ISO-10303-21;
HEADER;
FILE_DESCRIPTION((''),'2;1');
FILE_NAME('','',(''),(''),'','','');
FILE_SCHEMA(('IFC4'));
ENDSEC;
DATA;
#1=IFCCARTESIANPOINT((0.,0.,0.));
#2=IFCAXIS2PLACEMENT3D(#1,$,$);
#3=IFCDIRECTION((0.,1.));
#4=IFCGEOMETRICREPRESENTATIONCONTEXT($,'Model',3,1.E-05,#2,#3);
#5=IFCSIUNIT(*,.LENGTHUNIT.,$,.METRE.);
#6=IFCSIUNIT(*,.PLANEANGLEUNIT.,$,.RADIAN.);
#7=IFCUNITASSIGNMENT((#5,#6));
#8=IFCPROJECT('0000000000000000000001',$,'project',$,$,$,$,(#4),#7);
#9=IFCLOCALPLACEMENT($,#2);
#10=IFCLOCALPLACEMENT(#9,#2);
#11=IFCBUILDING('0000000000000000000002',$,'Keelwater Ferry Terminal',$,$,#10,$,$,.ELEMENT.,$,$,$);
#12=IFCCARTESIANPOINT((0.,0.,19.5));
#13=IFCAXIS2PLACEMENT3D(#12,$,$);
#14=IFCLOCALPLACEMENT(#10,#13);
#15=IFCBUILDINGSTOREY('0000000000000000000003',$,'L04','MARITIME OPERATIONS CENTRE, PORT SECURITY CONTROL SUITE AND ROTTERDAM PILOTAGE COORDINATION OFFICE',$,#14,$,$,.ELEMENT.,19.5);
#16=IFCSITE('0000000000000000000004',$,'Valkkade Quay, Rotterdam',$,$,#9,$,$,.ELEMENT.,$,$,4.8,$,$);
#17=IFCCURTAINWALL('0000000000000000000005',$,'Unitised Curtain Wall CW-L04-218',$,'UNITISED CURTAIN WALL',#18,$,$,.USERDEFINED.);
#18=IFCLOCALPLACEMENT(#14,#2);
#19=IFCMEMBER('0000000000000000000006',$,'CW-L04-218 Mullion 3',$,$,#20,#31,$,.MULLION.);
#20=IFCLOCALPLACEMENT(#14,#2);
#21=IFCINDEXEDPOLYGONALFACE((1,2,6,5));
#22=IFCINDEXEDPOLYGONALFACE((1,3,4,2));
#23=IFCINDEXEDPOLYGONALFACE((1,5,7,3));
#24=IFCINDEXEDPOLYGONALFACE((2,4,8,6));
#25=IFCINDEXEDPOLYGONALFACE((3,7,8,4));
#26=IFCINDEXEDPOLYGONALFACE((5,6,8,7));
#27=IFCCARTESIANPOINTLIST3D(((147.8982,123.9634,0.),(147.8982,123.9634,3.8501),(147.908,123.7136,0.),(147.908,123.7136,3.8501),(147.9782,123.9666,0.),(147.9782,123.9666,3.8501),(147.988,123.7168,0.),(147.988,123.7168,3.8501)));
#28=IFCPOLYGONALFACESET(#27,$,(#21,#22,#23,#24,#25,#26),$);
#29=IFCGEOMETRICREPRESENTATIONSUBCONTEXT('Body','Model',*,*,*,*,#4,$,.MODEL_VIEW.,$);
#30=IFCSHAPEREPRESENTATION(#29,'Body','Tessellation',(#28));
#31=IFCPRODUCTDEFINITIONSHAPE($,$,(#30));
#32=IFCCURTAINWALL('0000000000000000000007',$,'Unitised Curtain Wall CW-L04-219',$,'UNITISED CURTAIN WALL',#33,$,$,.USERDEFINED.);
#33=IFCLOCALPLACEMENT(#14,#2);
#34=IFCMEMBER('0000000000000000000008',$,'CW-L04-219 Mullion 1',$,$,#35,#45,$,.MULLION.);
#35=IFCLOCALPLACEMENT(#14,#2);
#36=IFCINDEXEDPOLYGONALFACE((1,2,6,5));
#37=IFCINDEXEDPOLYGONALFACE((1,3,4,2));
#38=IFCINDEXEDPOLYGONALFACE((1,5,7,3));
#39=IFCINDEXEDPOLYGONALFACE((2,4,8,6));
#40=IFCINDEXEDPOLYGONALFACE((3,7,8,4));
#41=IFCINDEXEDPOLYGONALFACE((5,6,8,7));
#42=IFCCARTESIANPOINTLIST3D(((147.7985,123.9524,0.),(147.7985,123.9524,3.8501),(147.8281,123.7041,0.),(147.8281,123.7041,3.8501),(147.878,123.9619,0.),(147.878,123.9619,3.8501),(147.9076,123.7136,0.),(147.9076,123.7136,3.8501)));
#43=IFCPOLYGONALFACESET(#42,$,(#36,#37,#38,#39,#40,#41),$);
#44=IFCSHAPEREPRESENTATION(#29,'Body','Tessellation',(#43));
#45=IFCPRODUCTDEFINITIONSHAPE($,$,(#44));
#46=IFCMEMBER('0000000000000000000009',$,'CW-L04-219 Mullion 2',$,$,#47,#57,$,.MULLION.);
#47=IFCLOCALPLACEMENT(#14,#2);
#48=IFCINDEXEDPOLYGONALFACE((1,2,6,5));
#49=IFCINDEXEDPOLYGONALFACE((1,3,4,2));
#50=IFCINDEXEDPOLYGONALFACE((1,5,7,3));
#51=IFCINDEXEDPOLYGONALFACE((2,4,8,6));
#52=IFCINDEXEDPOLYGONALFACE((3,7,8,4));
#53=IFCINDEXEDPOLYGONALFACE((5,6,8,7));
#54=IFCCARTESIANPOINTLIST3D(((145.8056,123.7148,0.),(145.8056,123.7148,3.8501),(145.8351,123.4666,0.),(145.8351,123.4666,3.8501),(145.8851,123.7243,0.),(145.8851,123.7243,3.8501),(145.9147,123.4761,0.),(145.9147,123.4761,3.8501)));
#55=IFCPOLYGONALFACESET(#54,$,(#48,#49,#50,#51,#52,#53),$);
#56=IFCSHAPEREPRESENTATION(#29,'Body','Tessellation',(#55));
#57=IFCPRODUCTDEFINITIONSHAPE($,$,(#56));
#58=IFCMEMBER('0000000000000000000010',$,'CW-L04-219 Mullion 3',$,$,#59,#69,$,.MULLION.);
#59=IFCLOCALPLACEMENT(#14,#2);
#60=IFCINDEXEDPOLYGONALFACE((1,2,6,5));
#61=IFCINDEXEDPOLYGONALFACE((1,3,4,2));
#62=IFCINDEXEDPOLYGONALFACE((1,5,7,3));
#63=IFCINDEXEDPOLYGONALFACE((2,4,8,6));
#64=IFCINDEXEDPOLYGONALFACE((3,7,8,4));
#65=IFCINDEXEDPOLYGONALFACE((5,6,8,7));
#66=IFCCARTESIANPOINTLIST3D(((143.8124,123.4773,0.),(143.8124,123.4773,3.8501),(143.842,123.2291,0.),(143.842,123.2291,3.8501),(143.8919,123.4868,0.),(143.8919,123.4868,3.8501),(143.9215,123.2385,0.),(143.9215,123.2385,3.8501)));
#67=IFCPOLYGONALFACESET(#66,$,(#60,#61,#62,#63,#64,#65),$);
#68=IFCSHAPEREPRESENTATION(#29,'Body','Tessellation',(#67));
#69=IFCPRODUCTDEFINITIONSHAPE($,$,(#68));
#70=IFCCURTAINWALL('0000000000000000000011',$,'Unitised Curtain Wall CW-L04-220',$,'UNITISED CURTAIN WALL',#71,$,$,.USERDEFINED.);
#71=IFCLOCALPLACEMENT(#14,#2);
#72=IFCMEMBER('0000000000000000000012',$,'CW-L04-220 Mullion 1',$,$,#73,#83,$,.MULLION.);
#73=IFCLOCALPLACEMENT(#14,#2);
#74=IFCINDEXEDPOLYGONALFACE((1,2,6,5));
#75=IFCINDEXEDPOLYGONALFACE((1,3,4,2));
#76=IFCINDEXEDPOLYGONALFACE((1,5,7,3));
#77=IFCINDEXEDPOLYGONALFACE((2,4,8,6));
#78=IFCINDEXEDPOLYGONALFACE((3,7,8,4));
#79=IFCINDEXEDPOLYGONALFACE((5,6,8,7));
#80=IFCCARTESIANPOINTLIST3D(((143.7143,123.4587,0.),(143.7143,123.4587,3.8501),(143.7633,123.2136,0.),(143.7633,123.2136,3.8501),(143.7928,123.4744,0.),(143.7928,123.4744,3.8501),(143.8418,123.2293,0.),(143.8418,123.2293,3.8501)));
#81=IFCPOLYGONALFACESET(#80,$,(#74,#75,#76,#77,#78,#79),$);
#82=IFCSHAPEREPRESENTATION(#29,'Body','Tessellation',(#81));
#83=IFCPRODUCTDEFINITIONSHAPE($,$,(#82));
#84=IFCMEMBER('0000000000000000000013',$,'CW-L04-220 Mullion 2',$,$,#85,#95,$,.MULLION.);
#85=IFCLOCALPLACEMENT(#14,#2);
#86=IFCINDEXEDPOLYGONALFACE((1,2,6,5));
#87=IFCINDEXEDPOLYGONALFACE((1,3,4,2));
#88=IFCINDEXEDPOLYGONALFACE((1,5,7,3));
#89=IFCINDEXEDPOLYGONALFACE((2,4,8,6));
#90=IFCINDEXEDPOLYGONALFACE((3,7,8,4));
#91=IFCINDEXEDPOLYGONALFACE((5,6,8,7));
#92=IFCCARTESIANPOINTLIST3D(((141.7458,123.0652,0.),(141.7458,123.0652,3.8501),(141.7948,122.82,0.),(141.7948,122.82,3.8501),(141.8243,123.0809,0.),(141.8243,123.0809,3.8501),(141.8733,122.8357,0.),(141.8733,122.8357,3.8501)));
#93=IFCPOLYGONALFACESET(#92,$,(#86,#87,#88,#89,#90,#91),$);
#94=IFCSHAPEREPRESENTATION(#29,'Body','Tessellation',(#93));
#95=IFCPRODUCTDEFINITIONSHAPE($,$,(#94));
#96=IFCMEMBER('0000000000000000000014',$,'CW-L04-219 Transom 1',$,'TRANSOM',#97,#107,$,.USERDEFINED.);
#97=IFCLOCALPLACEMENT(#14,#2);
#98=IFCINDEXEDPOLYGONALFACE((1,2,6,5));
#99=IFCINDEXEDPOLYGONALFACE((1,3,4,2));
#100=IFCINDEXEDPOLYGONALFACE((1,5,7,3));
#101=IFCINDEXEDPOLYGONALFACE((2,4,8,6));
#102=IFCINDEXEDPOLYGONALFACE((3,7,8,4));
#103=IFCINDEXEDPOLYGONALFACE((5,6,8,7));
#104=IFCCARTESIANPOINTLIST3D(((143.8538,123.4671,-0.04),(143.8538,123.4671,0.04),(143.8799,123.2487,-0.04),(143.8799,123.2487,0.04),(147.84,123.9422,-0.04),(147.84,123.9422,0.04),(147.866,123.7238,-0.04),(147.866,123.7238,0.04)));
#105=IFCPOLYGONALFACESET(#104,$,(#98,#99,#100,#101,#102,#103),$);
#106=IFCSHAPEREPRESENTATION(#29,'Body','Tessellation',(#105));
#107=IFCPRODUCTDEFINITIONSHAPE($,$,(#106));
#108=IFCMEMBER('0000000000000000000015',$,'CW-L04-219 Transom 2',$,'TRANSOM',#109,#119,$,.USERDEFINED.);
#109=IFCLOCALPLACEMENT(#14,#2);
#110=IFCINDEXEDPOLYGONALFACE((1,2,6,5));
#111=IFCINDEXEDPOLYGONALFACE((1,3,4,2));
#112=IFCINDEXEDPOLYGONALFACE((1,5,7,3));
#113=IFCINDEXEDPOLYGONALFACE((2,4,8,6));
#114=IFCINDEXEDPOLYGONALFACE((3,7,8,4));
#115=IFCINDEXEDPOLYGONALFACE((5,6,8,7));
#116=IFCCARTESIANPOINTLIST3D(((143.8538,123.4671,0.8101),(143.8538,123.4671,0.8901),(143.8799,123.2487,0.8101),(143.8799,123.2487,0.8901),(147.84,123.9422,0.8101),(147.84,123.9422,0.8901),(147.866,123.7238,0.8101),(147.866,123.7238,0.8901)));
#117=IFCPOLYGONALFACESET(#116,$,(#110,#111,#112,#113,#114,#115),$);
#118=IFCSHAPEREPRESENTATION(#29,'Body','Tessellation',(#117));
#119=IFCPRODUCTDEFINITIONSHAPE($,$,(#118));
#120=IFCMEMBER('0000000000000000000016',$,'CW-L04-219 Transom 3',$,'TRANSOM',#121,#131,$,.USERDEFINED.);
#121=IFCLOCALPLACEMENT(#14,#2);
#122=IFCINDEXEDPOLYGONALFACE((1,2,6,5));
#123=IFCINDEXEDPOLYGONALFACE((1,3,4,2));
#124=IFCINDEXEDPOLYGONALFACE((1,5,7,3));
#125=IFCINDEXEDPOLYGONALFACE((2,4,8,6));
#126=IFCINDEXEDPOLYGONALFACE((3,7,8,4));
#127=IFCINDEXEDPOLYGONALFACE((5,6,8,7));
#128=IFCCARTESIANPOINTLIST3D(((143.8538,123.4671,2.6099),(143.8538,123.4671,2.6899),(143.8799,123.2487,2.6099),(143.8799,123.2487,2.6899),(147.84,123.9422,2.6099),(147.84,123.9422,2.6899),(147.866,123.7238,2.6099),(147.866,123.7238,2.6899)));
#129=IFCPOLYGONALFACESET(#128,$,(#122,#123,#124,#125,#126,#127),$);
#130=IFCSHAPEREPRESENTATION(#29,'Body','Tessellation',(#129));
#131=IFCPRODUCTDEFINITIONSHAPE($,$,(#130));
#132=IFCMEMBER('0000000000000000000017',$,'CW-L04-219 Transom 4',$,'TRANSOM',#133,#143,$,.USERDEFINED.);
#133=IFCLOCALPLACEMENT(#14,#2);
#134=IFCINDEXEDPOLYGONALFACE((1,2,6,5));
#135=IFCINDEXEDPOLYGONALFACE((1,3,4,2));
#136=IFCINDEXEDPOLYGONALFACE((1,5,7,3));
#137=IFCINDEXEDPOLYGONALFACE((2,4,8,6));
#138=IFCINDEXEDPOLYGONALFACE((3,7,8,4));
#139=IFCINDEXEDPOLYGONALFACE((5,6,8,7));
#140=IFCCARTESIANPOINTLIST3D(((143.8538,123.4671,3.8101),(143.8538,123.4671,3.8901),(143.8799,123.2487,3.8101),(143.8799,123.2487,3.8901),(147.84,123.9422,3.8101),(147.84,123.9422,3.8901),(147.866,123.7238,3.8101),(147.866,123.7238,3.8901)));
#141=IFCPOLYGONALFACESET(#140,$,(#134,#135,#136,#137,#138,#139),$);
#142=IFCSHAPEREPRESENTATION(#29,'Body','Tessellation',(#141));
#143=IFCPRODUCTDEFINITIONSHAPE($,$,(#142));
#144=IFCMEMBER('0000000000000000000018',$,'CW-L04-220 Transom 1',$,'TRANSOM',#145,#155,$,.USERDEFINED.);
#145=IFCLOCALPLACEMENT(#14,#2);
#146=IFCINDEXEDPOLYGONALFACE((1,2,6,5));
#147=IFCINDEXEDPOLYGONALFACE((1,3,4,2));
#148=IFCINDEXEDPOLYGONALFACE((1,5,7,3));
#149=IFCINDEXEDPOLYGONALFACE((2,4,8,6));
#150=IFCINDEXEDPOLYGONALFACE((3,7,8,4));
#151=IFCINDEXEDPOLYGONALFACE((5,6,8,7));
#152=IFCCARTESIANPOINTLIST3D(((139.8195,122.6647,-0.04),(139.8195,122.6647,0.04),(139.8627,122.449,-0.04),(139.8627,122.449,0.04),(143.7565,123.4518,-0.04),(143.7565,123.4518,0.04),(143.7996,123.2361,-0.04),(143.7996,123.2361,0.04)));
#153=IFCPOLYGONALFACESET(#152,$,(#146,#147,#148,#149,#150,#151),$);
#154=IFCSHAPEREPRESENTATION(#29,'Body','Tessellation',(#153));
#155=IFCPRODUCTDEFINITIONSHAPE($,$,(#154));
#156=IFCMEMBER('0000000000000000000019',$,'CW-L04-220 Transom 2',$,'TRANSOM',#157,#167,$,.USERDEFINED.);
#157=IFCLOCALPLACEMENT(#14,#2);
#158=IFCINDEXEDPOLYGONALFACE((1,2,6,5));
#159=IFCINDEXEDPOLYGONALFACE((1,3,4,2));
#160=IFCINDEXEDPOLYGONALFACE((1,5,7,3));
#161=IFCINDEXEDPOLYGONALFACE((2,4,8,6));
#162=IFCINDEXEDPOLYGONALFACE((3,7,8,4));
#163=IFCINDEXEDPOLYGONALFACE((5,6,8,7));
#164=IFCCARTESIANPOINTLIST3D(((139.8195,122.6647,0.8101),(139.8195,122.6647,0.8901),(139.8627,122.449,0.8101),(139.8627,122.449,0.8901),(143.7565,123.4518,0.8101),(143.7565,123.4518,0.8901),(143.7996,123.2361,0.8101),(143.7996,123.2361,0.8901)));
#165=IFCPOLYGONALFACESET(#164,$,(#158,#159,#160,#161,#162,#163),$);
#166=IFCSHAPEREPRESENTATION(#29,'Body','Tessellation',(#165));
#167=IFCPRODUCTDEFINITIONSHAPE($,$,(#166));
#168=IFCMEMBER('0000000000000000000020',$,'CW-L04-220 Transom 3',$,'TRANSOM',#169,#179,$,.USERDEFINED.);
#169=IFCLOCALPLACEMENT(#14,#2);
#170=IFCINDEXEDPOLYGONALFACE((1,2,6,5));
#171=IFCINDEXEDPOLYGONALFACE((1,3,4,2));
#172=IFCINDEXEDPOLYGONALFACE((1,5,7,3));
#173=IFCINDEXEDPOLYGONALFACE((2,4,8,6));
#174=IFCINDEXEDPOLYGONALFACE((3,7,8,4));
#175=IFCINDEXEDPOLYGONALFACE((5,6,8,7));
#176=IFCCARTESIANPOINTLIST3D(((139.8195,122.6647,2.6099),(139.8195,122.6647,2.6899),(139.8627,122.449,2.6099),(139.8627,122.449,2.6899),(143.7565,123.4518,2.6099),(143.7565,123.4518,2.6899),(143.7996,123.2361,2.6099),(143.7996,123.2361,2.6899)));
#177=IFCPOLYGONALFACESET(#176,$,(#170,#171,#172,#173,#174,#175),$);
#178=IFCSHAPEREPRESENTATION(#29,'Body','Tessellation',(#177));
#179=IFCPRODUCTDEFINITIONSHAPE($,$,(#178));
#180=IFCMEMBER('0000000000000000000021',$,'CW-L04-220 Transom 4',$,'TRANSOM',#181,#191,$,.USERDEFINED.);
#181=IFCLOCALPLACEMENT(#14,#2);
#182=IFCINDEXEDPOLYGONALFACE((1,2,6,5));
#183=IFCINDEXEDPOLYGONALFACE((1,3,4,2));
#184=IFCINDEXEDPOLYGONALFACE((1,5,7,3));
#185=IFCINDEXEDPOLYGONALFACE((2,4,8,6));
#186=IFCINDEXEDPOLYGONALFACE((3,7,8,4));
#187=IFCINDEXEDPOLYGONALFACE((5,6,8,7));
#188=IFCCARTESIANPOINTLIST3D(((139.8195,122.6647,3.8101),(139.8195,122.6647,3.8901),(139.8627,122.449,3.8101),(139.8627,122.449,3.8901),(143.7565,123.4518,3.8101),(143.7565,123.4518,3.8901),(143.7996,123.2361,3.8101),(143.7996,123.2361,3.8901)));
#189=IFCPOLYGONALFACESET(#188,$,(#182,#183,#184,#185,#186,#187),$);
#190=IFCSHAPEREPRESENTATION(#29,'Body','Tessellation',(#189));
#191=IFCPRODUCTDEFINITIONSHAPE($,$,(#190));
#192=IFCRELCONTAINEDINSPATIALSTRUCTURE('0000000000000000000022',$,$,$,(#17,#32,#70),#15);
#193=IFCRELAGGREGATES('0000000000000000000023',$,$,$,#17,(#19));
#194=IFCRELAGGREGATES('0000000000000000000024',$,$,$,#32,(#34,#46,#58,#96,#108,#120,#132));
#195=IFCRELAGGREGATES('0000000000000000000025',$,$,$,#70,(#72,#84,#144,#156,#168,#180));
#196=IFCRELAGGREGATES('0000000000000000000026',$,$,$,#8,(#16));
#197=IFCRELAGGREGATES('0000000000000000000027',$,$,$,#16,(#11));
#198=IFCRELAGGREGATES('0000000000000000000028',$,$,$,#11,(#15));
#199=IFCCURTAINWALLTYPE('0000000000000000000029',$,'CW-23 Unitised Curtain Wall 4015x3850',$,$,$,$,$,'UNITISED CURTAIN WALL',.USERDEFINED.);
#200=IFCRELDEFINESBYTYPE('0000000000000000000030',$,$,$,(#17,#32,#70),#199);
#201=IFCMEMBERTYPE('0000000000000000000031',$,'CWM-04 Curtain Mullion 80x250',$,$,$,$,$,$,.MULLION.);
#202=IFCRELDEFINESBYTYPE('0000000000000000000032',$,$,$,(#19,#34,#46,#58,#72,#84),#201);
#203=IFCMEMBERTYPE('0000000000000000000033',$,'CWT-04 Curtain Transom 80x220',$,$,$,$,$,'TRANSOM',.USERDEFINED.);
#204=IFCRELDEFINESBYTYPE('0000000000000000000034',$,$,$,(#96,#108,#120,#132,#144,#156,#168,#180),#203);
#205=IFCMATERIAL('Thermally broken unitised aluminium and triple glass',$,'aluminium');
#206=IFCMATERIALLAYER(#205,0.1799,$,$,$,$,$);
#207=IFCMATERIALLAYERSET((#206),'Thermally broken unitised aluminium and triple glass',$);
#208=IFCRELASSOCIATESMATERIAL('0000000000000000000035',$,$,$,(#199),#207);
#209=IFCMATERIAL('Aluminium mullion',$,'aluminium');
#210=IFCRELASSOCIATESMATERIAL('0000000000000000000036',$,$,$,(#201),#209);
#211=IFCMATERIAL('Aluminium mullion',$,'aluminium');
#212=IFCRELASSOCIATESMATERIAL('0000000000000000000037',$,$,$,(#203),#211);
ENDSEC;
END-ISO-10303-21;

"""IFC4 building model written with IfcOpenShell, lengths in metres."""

from ifc_helpers import new_model, si_unit, direction, frame, origin, origin_2d, place, context, subcontext, project, spatial, rectangle, extrude, material, layer, layer_set, material_profile, profile_set, type_object, element, aggregate, save


model = new_model("IFC4")

# Units and contexts
model_context = context("Model", 3, precision=1e-05, world=origin(), true_north=direction((0.0, 1.0)))
body_context = subcontext(model_context, "Body", "Model", "MODEL_VIEW")
ifc_project = project(units=[si_unit("LENGTHUNIT", "METRE"), si_unit("PLANEANGLEUNIT", "RADIAN")], contexts=[model_context])

# Site, building, storey
site_placement = place(None, origin())
site = spatial("IfcSite", under=ifc_project, at=site_placement, Name="Valkkade Quay, Rotterdam", CompositionType="ELEMENT", RefElevation=4.8)
building_placement = place(site_placement, origin())
building = spatial("IfcBuilding", under=site, at=building_placement, Name="Keelwater Ferry Terminal", CompositionType="ELEMENT")
storey_placement = place(building_placement, frame((0.0, 0.0, 19.5)))
storey = spatial("IfcBuildingStorey", under=building, at=storey_placement, Name="L04", Description="MARITIME OPERATIONS CENTRE, PORT SECURITY CONTROL SUITE AND ROTTERDAM PILOTAGE COORDINATION OFFICE", CompositionType="ELEMENT", Elevation=19.5)

# Curtain wall, member
ifc_material_1 = material(Name="Thermally broken unitised aluminium and triple glass", Category="aluminium")
ifc_layer_1 = layer(ifc_material_1, 0.1799)
ifc_layer_set_1 = layer_set([ifc_layer_1], Name="Thermally broken unitised aluminium and triple glass")
curtain_wall_type = type_object("IfcCurtainWallType", Name="CW-23 Unitised Curtain Wall 4015x3850", ElementType="UNITISED CURTAIN WALL", PredefinedType="USERDEFINED", material=ifc_layer_set_1)
curtain_wall_1_placement = place(storey_placement, origin())
curtain_wall_1 = element("IfcCurtainWall", 1, at=curtain_wall_1_placement, inside=storey, type_object=curtain_wall_type, Name="Unitised Curtain Wall CW-L04-218", ObjectType="UNITISED CURTAIN WALL", PredefinedType="USERDEFINED")
ifc_material_2 = material(Name="Aluminium mullion", Category="aluminium")
ifc_material_profile_1 = material_profile(ifc_material_2, rectangle(XDim=0.0801, YDim=0.25, at=origin_2d()), Name="CWM-04")
ifc_profile_set_1 = profile_set([ifc_material_profile_1], Name="Aluminium mullion")
member_type_1 = type_object("IfcMemberType", Name="CWM-04 Curtain Mullion 80x250", PredefinedType="MULLION", material=ifc_profile_set_1)
member_1_placement = place(storey_placement, frame((147.9431, 123.8401, 0.0), z_axis=(0.0, 0.0, 1.0), x_axis=(-0.999225, -0.039351, 0.0)))
member_1 = element("IfcMember", 2, at=member_1_placement, type_object=member_type_1, Name="CW-L04-218 Mullion 3", PredefinedType="MULLION", context=body_context, shape_type="SweptSolid", body=[
    extrude(rectangle(XDim=0.0801, YDim=0.25, at=origin_2d()), origin(), (0.0, 0.0, 1.0), 3.8501),
])
aggregate(curtain_wall_1, [member_1])

# Curtain walls, members
curtain_wall_2_placement = place(storey_placement, origin())
curtain_wall_2 = element("IfcCurtainWall", 3, at=curtain_wall_2_placement, inside=storey, type_object=curtain_wall_type, Name="Unitised Curtain Wall CW-L04-219", ObjectType="UNITISED CURTAIN WALL", PredefinedType="USERDEFINED")
member_2_placement = place(storey_placement, frame((147.853, 123.833, 0.0), z_axis=(0.0, 0.0, 1.0), x_axis=(-0.992974, -0.11833, 0.0)))
member_2 = element("IfcMember", 4, at=member_2_placement, type_object=member_type_1, Name="CW-L04-219 Mullion 1", PredefinedType="MULLION", context=body_context, shape_type="SweptSolid", body=[
    extrude(rectangle(XDim=0.0801, YDim=0.25, at=origin_2d()), origin(), (0.0, 0.0, 1.0), 3.8501),
])
member_3_placement = place(storey_placement, frame((145.8601, 123.5955, 0.0), z_axis=(0.0, 0.0, 1.0), x_axis=(-0.992974, -0.11833, 0.0)))
member_3 = element("IfcMember", 5, at=member_3_placement, type_object=member_type_1, Name="CW-L04-219 Mullion 2", PredefinedType="MULLION", context=body_context, shape_type="SweptSolid", body=[
    extrude(rectangle(XDim=0.0801, YDim=0.25, at=origin_2d()), origin(), (0.0, 0.0, 1.0), 3.8501),
])
member_4_placement = place(storey_placement, frame((143.8669, 123.3579, 0.0), z_axis=(0.0, 0.0, 1.0), x_axis=(-0.992974, -0.11833, 0.0)))
member_4 = element("IfcMember", 6, at=member_4_placement, type_object=member_type_1, Name="CW-L04-219 Mullion 3", PredefinedType="MULLION", context=body_context, shape_type="SweptSolid", body=[
    extrude(rectangle(XDim=0.0801, YDim=0.25, at=origin_2d()), origin(), (0.0, 0.0, 1.0), 3.8501),
])
curtain_wall_3_placement = place(storey_placement, origin())
curtain_wall_3 = element("IfcCurtainWall", 7, at=curtain_wall_3_placement, inside=storey, type_object=curtain_wall_type, Name="Unitised Curtain Wall CW-L04-220", ObjectType="UNITISED CURTAIN WALL", PredefinedType="USERDEFINED")
member_5_placement = place(storey_placement, frame((143.7781, 123.344, 0.0), z_axis=(0.0, 0.0, 1.0), x_axis=(-0.9806, -0.19602, 0.0)))
member_5 = element("IfcMember", 8, at=member_5_placement, type_object=member_type_1, Name="CW-L04-220 Mullion 1", PredefinedType="MULLION", context=body_context, shape_type="SweptSolid", body=[
    extrude(rectangle(XDim=0.0801, YDim=0.25, at=origin_2d()), origin(), (0.0, 0.0, 1.0), 3.8501),
])
member_6_placement = place(storey_placement, frame((141.8096, 122.9504, 0.0), z_axis=(0.0, 0.0, 1.0), x_axis=(-0.9806, -0.19602, 0.0)))
member_6 = element("IfcMember", 9, at=member_6_placement, type_object=member_type_1, Name="CW-L04-220 Mullion 2", PredefinedType="MULLION", context=body_context, shape_type="SweptSolid", body=[
    extrude(rectangle(XDim=0.0801, YDim=0.25, at=origin_2d()), origin(), (0.0, 0.0, 1.0), 3.8501),
])

# Members
ifc_material_3 = material(Name="Aluminium mullion", Category="aluminium")
ifc_material_profile_2 = material_profile(ifc_material_3, rectangle(XDim=0.22, YDim=0.0801, at=origin_2d()), Name="CWT-04")
ifc_profile_set_2 = profile_set([ifc_material_profile_2], Name="Aluminium mullion")
member_type_2 = type_object("IfcMemberType", Name="CWT-04 Curtain Transom 80x220", ElementType="TRANSOM", PredefinedType="USERDEFINED", material=ifc_profile_set_2)
member_7_placement = place(storey_placement, frame((147.853, 123.833, 0.0), z_axis=(-0.992972, -0.118351, 0.0), x_axis=(0.118351, -0.992972, 0.0)))
member_7 = element("IfcMember", 10, at=member_7_placement, type_object=member_type_2, Name="CW-L04-219 Transom 1", ObjectType="TRANSOM", PredefinedType="USERDEFINED", context=body_context, shape_type="SweptSolid", body=[
    extrude(rectangle(XDim=0.22, YDim=0.0801, at=origin_2d()), origin(), (0.0, 0.0, 1.0), 4.0144),
])
member_8_placement = place(storey_placement, frame((147.853, 123.833, 0.8501), z_axis=(-0.992972, -0.118351, 0.0), x_axis=(0.118351, -0.992972, 0.0)))
member_8 = element("IfcMember", 11, at=member_8_placement, type_object=member_type_2, Name="CW-L04-219 Transom 2", ObjectType="TRANSOM", PredefinedType="USERDEFINED", context=body_context, shape_type="SweptSolid", body=[
    extrude(rectangle(XDim=0.22, YDim=0.0801, at=origin_2d()), origin(), (0.0, 0.0, 1.0), 4.0144),
])
member_9_placement = place(storey_placement, frame((147.853, 123.833, 2.6499), z_axis=(-0.992972, -0.118351, 0.0), x_axis=(0.118351, -0.992972, 0.0)))
member_9 = element("IfcMember", 12, at=member_9_placement, type_object=member_type_2, Name="CW-L04-219 Transom 3", ObjectType="TRANSOM", PredefinedType="USERDEFINED", context=body_context, shape_type="SweptSolid", body=[
    extrude(rectangle(XDim=0.22, YDim=0.0801, at=origin_2d()), origin(), (0.0, 0.0, 1.0), 4.0144),
])
member_10_placement = place(storey_placement, frame((147.853, 123.833, 3.8501), z_axis=(-0.992972, -0.118351, 0.0), x_axis=(0.118351, -0.992972, 0.0)))
member_10 = element("IfcMember", 13, at=member_10_placement, type_object=member_type_2, Name="CW-L04-219 Transom 4", ObjectType="TRANSOM", PredefinedType="USERDEFINED", context=body_context, shape_type="SweptSolid", body=[
    extrude(rectangle(XDim=0.22, YDim=0.0801, at=origin_2d()), origin(), (0.0, 0.0, 1.0), 4.0144),
])
member_11_placement = place(storey_placement, frame((143.7781, 123.344, 0.0), z_axis=(-0.980595, -0.196046, 0.0), x_axis=(0.196046, -0.980595, 0.0)))
member_11 = element("IfcMember", 14, at=member_11_placement, type_object=member_type_2, Name="CW-L04-220 Transom 1", ObjectType="TRANSOM", PredefinedType="USERDEFINED", context=body_context, shape_type="SweptSolid", body=[
    extrude(rectangle(XDim=0.22, YDim=0.0801, at=origin_2d()), origin(), (0.0, 0.0, 1.0), 4.0149),
])
member_12_placement = place(storey_placement, frame((143.7781, 123.344, 0.8501), z_axis=(-0.980595, -0.196046, 0.0), x_axis=(0.196046, -0.980595, 0.0)))
member_12 = element("IfcMember", 15, at=member_12_placement, type_object=member_type_2, Name="CW-L04-220 Transom 2", ObjectType="TRANSOM", PredefinedType="USERDEFINED", context=body_context, shape_type="SweptSolid", body=[
    extrude(rectangle(XDim=0.22, YDim=0.0801, at=origin_2d()), origin(), (0.0, 0.0, 1.0), 4.0149),
])
member_13_placement = place(storey_placement, frame((143.7781, 123.344, 2.6499), z_axis=(-0.980595, -0.196046, 0.0), x_axis=(0.196046, -0.980595, 0.0)))
member_13 = element("IfcMember", 16, at=member_13_placement, type_object=member_type_2, Name="CW-L04-220 Transom 3", ObjectType="TRANSOM", PredefinedType="USERDEFINED", context=body_context, shape_type="SweptSolid", body=[
    extrude(rectangle(XDim=0.22, YDim=0.0801, at=origin_2d()), origin(), (0.0, 0.0, 1.0), 4.0149),
])
member_14_placement = place(storey_placement, frame((143.7781, 123.344, 3.8501), z_axis=(-0.980595, -0.196046, 0.0), x_axis=(0.196046, -0.980595, 0.0)))
member_14 = element("IfcMember", 17, at=member_14_placement, type_object=member_type_2, Name="CW-L04-220 Transom 4", ObjectType="TRANSOM", PredefinedType="USERDEFINED", context=body_context, shape_type="SweptSolid", body=[
    extrude(rectangle(XDim=0.22, YDim=0.0801, at=origin_2d()), origin(), (0.0, 0.0, 1.0), 4.0149),
])

aggregate(curtain_wall_2, [member_2, member_3, member_4, member_7, member_8, member_9, member_10])
aggregate(curtain_wall_3, [member_5, member_6, member_11, member_12, member_13, member_14])

save(model, "model.ifc")
